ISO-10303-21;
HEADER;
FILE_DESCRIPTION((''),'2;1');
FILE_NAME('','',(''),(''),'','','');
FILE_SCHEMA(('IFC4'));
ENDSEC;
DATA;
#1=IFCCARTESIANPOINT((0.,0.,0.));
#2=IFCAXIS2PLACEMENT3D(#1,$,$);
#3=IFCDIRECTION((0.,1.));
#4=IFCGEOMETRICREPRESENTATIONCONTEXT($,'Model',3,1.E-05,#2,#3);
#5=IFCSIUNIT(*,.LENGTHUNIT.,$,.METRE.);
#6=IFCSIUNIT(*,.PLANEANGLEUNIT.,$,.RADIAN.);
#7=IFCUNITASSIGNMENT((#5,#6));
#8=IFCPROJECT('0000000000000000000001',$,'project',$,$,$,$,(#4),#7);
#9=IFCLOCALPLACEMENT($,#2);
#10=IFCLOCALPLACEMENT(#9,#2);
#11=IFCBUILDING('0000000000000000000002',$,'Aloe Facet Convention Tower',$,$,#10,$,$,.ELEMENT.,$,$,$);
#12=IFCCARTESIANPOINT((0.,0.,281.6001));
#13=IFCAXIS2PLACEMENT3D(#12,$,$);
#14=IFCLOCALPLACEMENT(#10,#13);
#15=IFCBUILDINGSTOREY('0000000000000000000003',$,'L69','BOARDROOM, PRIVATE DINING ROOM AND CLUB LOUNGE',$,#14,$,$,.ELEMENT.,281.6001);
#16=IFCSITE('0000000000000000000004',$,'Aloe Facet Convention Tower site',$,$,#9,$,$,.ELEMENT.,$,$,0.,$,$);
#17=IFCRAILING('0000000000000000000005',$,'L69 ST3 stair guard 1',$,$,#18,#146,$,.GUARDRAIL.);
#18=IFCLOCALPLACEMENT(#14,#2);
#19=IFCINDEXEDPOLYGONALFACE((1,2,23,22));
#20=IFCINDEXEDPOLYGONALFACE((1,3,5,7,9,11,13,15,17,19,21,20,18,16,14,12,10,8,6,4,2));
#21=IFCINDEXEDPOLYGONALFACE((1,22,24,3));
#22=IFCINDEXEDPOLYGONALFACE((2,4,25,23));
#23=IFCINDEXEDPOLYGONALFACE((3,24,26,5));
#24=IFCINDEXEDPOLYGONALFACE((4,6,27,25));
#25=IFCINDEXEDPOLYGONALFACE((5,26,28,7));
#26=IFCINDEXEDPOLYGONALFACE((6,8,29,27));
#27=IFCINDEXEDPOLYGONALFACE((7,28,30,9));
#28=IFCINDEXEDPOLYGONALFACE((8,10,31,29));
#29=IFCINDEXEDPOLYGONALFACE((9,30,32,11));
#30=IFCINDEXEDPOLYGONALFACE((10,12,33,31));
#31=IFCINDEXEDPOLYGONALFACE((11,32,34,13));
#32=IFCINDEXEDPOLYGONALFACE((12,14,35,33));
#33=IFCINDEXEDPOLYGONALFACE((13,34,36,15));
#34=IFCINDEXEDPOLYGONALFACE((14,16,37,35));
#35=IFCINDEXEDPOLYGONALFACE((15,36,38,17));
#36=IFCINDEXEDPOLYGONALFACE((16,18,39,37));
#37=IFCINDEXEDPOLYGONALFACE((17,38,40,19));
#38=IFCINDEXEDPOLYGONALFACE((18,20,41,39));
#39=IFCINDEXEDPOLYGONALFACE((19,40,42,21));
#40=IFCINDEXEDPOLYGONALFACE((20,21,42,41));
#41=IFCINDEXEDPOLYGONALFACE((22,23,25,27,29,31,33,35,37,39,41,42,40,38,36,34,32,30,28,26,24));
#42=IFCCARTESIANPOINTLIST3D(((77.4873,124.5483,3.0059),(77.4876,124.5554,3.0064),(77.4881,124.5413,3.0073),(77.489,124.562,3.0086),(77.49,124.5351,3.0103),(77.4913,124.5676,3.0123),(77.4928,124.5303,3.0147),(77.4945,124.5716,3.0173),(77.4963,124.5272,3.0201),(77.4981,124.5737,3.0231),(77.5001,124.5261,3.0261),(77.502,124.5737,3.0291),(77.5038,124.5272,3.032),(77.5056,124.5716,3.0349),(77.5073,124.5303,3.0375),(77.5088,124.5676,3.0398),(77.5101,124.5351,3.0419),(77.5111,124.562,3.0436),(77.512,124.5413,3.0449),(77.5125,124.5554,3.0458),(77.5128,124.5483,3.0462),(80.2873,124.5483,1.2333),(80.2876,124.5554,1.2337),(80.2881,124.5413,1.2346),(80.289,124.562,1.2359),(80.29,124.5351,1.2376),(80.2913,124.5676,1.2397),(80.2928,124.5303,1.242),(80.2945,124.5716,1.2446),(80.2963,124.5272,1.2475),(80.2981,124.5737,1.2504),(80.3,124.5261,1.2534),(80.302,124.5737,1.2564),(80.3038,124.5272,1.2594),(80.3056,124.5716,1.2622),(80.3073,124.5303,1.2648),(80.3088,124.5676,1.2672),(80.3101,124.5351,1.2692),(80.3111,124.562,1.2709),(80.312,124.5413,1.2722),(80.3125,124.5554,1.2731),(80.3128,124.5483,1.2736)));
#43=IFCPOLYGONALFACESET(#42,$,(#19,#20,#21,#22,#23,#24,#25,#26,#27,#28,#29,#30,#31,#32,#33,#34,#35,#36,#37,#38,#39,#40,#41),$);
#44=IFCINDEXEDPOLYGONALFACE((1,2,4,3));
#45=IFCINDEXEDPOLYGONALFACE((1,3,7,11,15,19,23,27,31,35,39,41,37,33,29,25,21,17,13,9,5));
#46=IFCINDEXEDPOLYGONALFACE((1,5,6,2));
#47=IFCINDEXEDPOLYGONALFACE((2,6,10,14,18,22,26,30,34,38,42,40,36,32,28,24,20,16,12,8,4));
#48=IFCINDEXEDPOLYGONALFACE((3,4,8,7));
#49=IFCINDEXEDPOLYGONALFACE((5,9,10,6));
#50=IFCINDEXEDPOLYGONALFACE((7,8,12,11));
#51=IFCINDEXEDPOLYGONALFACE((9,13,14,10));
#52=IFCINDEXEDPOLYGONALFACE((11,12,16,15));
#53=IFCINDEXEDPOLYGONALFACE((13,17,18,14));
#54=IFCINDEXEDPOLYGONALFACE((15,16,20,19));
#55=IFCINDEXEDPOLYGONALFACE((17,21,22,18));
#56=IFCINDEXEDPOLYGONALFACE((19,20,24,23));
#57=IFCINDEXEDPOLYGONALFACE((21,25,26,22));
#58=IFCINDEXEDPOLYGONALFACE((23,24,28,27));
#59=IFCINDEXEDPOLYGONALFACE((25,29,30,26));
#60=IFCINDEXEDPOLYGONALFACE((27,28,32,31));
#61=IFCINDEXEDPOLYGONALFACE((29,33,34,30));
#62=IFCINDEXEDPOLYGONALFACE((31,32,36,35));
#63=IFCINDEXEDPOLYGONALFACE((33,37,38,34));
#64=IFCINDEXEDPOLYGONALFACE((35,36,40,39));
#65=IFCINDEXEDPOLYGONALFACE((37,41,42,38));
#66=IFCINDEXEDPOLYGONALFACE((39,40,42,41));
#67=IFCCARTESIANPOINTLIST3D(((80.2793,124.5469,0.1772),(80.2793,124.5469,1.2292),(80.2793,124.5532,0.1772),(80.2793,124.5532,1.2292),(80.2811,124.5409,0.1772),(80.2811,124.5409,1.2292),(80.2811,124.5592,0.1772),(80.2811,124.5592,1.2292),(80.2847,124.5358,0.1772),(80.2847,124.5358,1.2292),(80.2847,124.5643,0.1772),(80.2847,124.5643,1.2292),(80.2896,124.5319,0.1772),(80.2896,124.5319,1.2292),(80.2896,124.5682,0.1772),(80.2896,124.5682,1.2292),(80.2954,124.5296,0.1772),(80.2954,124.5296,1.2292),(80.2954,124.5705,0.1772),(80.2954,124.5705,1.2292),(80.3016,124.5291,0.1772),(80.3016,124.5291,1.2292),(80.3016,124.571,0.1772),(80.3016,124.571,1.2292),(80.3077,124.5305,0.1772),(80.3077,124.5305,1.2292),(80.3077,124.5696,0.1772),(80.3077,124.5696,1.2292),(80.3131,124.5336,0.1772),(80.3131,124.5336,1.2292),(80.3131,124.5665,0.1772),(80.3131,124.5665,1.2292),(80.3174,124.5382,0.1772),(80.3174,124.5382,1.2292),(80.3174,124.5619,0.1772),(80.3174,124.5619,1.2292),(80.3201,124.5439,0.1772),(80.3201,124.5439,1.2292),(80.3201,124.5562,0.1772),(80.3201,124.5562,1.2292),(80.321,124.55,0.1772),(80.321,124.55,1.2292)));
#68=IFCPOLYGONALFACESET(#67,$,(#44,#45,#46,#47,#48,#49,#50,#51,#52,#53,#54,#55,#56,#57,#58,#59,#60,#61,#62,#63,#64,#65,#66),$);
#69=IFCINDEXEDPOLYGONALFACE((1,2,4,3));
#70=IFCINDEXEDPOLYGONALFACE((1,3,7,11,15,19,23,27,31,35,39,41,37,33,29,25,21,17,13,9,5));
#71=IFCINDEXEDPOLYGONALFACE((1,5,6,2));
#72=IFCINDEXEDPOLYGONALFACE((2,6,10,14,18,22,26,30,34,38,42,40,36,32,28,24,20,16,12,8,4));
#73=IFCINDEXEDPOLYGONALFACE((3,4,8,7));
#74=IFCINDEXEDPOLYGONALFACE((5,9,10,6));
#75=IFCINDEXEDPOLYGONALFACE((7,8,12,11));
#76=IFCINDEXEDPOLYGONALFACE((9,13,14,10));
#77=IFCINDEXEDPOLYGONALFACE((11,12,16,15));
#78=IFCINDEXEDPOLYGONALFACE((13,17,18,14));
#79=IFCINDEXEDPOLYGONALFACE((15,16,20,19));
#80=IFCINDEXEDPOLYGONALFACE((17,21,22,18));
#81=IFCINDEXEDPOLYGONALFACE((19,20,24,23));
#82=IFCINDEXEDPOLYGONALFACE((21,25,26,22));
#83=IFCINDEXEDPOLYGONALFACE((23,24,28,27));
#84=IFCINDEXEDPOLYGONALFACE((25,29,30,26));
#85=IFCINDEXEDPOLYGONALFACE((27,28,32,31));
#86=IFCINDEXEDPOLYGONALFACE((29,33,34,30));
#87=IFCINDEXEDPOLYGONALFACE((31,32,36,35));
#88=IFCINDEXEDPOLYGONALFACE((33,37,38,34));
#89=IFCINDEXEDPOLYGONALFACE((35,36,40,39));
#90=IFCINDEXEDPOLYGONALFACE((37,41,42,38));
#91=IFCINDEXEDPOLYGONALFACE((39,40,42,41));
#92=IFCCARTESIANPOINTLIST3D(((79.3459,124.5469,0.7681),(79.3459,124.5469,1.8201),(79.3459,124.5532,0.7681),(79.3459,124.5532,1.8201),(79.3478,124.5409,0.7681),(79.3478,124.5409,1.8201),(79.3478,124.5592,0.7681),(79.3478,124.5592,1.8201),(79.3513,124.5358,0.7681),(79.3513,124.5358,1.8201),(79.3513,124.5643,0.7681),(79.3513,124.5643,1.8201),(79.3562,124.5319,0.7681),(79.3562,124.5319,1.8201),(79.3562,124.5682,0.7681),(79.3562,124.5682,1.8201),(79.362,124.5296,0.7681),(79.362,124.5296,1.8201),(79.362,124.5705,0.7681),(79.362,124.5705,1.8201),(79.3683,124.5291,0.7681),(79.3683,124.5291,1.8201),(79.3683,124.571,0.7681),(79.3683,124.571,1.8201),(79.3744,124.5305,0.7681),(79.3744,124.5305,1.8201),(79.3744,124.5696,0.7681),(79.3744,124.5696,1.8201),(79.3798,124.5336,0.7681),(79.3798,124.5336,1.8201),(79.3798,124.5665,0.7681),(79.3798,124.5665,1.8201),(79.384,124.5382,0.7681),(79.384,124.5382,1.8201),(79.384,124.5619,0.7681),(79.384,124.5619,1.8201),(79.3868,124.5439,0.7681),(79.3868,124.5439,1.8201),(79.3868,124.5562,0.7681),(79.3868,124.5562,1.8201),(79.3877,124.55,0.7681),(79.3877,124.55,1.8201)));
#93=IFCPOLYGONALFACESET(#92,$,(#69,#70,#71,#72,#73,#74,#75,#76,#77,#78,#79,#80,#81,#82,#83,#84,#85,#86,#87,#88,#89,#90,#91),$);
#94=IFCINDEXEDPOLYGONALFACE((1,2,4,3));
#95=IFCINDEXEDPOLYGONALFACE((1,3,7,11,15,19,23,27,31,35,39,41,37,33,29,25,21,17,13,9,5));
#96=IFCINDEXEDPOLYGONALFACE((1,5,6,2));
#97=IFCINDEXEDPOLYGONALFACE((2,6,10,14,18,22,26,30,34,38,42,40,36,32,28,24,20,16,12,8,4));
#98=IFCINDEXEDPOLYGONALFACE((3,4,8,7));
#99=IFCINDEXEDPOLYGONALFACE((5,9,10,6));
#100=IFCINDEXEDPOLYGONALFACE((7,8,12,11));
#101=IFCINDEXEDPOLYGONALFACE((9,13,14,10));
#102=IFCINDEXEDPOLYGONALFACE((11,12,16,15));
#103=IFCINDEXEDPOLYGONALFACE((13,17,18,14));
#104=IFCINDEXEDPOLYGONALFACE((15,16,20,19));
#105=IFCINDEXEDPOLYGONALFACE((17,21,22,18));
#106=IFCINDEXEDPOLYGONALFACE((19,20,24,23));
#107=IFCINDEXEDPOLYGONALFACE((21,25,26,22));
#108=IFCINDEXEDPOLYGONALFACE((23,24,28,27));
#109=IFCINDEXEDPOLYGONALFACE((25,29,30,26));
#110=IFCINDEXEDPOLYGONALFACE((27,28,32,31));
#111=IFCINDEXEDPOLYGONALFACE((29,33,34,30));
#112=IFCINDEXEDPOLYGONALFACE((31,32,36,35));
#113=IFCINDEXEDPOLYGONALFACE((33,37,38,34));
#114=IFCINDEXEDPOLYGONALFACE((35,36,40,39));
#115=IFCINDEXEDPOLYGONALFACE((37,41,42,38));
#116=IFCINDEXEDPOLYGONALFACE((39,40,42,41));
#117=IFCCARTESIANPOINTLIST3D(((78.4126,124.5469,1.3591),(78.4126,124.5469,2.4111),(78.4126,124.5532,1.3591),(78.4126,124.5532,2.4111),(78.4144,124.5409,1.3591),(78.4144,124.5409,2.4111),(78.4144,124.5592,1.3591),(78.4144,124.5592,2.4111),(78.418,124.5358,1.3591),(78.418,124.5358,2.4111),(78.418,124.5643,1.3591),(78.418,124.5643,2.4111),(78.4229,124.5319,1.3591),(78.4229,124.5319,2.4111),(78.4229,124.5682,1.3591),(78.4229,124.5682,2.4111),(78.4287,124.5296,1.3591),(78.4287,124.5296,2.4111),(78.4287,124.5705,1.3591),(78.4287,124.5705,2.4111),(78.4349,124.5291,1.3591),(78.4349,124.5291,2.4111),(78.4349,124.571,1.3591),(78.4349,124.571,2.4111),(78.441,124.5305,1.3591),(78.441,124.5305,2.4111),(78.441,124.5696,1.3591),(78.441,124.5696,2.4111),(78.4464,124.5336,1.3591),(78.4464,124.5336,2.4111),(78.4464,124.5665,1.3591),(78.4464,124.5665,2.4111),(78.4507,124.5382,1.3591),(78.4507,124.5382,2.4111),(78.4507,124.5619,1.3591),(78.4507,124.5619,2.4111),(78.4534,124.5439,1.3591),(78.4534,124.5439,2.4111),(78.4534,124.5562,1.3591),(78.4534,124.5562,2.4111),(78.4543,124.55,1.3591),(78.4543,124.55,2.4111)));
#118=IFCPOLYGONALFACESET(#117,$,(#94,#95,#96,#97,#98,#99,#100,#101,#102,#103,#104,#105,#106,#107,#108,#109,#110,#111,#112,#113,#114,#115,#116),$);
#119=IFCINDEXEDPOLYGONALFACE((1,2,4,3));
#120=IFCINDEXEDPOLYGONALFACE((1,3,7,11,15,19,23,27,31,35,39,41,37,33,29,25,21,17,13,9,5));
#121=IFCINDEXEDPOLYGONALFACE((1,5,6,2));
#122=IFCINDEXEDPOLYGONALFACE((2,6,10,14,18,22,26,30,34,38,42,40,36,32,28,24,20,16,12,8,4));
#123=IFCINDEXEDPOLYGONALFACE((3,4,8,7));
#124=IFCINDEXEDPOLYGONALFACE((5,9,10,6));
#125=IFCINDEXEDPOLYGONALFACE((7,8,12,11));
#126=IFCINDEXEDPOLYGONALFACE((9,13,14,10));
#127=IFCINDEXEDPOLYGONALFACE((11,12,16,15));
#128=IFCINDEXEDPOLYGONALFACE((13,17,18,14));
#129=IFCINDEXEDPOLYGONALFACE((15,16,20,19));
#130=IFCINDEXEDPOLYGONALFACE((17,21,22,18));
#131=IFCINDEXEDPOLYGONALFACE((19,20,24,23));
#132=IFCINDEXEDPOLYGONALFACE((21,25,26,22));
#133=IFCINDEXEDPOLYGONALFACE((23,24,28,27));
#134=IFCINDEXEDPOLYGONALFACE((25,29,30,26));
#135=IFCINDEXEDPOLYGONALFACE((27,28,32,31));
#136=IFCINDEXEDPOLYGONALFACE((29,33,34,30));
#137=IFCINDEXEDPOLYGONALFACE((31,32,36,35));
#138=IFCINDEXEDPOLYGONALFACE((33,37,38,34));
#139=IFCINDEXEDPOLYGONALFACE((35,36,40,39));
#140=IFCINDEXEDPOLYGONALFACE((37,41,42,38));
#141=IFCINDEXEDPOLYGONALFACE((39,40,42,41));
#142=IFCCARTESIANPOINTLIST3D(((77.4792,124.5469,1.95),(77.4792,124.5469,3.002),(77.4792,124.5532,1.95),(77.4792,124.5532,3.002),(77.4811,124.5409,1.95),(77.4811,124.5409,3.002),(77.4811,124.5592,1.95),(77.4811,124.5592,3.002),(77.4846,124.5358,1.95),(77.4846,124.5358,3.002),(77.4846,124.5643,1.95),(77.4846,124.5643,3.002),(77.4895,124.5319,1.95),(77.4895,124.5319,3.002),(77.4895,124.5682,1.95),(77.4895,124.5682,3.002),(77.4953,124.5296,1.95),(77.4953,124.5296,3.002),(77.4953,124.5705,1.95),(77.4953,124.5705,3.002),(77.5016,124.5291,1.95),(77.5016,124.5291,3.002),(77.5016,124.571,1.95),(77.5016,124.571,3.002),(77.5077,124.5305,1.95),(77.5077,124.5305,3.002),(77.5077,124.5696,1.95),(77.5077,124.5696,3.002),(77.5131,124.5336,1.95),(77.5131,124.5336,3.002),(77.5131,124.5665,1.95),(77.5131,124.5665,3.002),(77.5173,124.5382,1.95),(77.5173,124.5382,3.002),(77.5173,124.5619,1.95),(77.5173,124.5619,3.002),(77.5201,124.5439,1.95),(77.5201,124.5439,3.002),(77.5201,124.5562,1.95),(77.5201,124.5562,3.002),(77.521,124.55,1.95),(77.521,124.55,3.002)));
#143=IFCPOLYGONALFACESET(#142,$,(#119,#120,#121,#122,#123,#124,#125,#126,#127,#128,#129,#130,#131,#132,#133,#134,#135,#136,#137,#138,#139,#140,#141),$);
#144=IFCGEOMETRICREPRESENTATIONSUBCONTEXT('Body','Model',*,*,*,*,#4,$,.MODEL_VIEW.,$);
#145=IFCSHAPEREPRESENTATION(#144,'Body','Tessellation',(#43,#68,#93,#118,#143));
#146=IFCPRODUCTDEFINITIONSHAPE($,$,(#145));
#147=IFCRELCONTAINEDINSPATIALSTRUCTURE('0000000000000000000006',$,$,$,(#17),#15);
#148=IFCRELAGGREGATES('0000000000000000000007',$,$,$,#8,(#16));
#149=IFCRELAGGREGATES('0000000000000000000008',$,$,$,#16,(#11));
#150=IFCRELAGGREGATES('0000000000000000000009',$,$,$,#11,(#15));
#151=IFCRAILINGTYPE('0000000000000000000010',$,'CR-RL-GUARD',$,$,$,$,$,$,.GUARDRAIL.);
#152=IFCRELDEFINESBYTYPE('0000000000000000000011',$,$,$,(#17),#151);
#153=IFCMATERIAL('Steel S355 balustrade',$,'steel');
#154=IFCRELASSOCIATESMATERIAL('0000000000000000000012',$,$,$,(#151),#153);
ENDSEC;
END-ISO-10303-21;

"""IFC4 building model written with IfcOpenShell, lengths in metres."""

from ifc_helpers import new_model, si_unit, direction, frame, origin, origin_2d, place, context, subcontext, project, spatial, circle, extrude, material, type_object, element, save


model = new_model("IFC4")

# Units and contexts
model_context = context("Model", 3, precision=1e-05, world=origin(), true_north=direction((0.0, 1.0)))
body_context = subcontext(model_context, "Body", "Model", "MODEL_VIEW")
ifc_project = project(units=[si_unit("LENGTHUNIT", "METRE"), si_unit("PLANEANGLEUNIT", "RADIAN")], contexts=[model_context])

# Site, building, storey
site_placement = place(None, origin())
site = spatial("IfcSite", under=ifc_project, at=site_placement, Name="Aloe Facet Convention Tower site", CompositionType="ELEMENT", RefElevation=0.0)
building_placement = place(site_placement, origin())
building = spatial("IfcBuilding", under=site, at=building_placement, Name="Aloe Facet Convention Tower", CompositionType="ELEMENT")
storey_placement = place(building_placement, frame((0.0, 0.0, 281.6001)))
storey = spatial("IfcBuildingStorey", under=building, at=storey_placement, Name="L69", Description="BOARDROOM, PRIVATE DINING ROOM AND CLUB LOUNGE", CompositionType="ELEMENT", Elevation=281.6001)

# Railing
ifc_material_1 = material(Name="Steel S355 balustrade", Category="steel")
railing_type = type_object("IfcRailingType", Name="CR-RL-GUARD", PredefinedType="GUARDRAIL", material=ifc_material_1)
railing_1_placement = place(storey_placement, frame((80.3, 124.55, 0.1772)))
element("IfcRailing", 1, at=railing_1_placement, inside=storey, type_object=railing_type, Name="L69 ST3 stair guard 1", PredefinedType="GUARDRAIL", context=body_context, shape_type="SweptSolid", body=[
    extrude(circle(Radius=0.0239, at=origin_2d()), frame((0.0, 0.0, 1.0762), z_axis=(-0.844909, 0.0, 0.53491), x_axis=(0.0, -1.0, 0.0)), (0.0, 0.0, 1.0), 3.314),
    extrude(circle(Radius=0.021, at=origin_2d()), origin(), (0.0, 0.0, 1.0), 1.052),
    extrude(circle(Radius=0.021, at=origin_2d()), frame((-0.9333, 0.0, 0.5908)), (0.0, 0.0, 1.0), 1.052),
    extrude(circle(Radius=0.021, at=origin_2d()), frame((-1.8667, 0.0, 1.1819)), (0.0, 0.0, 1.0), 1.052),
    extrude(circle(Radius=0.021, at=origin_2d()), frame((-2.8, 0.0, 1.7727)), (0.0, 0.0, 1.0), 1.052),
])

save(model, "model.ifc")
